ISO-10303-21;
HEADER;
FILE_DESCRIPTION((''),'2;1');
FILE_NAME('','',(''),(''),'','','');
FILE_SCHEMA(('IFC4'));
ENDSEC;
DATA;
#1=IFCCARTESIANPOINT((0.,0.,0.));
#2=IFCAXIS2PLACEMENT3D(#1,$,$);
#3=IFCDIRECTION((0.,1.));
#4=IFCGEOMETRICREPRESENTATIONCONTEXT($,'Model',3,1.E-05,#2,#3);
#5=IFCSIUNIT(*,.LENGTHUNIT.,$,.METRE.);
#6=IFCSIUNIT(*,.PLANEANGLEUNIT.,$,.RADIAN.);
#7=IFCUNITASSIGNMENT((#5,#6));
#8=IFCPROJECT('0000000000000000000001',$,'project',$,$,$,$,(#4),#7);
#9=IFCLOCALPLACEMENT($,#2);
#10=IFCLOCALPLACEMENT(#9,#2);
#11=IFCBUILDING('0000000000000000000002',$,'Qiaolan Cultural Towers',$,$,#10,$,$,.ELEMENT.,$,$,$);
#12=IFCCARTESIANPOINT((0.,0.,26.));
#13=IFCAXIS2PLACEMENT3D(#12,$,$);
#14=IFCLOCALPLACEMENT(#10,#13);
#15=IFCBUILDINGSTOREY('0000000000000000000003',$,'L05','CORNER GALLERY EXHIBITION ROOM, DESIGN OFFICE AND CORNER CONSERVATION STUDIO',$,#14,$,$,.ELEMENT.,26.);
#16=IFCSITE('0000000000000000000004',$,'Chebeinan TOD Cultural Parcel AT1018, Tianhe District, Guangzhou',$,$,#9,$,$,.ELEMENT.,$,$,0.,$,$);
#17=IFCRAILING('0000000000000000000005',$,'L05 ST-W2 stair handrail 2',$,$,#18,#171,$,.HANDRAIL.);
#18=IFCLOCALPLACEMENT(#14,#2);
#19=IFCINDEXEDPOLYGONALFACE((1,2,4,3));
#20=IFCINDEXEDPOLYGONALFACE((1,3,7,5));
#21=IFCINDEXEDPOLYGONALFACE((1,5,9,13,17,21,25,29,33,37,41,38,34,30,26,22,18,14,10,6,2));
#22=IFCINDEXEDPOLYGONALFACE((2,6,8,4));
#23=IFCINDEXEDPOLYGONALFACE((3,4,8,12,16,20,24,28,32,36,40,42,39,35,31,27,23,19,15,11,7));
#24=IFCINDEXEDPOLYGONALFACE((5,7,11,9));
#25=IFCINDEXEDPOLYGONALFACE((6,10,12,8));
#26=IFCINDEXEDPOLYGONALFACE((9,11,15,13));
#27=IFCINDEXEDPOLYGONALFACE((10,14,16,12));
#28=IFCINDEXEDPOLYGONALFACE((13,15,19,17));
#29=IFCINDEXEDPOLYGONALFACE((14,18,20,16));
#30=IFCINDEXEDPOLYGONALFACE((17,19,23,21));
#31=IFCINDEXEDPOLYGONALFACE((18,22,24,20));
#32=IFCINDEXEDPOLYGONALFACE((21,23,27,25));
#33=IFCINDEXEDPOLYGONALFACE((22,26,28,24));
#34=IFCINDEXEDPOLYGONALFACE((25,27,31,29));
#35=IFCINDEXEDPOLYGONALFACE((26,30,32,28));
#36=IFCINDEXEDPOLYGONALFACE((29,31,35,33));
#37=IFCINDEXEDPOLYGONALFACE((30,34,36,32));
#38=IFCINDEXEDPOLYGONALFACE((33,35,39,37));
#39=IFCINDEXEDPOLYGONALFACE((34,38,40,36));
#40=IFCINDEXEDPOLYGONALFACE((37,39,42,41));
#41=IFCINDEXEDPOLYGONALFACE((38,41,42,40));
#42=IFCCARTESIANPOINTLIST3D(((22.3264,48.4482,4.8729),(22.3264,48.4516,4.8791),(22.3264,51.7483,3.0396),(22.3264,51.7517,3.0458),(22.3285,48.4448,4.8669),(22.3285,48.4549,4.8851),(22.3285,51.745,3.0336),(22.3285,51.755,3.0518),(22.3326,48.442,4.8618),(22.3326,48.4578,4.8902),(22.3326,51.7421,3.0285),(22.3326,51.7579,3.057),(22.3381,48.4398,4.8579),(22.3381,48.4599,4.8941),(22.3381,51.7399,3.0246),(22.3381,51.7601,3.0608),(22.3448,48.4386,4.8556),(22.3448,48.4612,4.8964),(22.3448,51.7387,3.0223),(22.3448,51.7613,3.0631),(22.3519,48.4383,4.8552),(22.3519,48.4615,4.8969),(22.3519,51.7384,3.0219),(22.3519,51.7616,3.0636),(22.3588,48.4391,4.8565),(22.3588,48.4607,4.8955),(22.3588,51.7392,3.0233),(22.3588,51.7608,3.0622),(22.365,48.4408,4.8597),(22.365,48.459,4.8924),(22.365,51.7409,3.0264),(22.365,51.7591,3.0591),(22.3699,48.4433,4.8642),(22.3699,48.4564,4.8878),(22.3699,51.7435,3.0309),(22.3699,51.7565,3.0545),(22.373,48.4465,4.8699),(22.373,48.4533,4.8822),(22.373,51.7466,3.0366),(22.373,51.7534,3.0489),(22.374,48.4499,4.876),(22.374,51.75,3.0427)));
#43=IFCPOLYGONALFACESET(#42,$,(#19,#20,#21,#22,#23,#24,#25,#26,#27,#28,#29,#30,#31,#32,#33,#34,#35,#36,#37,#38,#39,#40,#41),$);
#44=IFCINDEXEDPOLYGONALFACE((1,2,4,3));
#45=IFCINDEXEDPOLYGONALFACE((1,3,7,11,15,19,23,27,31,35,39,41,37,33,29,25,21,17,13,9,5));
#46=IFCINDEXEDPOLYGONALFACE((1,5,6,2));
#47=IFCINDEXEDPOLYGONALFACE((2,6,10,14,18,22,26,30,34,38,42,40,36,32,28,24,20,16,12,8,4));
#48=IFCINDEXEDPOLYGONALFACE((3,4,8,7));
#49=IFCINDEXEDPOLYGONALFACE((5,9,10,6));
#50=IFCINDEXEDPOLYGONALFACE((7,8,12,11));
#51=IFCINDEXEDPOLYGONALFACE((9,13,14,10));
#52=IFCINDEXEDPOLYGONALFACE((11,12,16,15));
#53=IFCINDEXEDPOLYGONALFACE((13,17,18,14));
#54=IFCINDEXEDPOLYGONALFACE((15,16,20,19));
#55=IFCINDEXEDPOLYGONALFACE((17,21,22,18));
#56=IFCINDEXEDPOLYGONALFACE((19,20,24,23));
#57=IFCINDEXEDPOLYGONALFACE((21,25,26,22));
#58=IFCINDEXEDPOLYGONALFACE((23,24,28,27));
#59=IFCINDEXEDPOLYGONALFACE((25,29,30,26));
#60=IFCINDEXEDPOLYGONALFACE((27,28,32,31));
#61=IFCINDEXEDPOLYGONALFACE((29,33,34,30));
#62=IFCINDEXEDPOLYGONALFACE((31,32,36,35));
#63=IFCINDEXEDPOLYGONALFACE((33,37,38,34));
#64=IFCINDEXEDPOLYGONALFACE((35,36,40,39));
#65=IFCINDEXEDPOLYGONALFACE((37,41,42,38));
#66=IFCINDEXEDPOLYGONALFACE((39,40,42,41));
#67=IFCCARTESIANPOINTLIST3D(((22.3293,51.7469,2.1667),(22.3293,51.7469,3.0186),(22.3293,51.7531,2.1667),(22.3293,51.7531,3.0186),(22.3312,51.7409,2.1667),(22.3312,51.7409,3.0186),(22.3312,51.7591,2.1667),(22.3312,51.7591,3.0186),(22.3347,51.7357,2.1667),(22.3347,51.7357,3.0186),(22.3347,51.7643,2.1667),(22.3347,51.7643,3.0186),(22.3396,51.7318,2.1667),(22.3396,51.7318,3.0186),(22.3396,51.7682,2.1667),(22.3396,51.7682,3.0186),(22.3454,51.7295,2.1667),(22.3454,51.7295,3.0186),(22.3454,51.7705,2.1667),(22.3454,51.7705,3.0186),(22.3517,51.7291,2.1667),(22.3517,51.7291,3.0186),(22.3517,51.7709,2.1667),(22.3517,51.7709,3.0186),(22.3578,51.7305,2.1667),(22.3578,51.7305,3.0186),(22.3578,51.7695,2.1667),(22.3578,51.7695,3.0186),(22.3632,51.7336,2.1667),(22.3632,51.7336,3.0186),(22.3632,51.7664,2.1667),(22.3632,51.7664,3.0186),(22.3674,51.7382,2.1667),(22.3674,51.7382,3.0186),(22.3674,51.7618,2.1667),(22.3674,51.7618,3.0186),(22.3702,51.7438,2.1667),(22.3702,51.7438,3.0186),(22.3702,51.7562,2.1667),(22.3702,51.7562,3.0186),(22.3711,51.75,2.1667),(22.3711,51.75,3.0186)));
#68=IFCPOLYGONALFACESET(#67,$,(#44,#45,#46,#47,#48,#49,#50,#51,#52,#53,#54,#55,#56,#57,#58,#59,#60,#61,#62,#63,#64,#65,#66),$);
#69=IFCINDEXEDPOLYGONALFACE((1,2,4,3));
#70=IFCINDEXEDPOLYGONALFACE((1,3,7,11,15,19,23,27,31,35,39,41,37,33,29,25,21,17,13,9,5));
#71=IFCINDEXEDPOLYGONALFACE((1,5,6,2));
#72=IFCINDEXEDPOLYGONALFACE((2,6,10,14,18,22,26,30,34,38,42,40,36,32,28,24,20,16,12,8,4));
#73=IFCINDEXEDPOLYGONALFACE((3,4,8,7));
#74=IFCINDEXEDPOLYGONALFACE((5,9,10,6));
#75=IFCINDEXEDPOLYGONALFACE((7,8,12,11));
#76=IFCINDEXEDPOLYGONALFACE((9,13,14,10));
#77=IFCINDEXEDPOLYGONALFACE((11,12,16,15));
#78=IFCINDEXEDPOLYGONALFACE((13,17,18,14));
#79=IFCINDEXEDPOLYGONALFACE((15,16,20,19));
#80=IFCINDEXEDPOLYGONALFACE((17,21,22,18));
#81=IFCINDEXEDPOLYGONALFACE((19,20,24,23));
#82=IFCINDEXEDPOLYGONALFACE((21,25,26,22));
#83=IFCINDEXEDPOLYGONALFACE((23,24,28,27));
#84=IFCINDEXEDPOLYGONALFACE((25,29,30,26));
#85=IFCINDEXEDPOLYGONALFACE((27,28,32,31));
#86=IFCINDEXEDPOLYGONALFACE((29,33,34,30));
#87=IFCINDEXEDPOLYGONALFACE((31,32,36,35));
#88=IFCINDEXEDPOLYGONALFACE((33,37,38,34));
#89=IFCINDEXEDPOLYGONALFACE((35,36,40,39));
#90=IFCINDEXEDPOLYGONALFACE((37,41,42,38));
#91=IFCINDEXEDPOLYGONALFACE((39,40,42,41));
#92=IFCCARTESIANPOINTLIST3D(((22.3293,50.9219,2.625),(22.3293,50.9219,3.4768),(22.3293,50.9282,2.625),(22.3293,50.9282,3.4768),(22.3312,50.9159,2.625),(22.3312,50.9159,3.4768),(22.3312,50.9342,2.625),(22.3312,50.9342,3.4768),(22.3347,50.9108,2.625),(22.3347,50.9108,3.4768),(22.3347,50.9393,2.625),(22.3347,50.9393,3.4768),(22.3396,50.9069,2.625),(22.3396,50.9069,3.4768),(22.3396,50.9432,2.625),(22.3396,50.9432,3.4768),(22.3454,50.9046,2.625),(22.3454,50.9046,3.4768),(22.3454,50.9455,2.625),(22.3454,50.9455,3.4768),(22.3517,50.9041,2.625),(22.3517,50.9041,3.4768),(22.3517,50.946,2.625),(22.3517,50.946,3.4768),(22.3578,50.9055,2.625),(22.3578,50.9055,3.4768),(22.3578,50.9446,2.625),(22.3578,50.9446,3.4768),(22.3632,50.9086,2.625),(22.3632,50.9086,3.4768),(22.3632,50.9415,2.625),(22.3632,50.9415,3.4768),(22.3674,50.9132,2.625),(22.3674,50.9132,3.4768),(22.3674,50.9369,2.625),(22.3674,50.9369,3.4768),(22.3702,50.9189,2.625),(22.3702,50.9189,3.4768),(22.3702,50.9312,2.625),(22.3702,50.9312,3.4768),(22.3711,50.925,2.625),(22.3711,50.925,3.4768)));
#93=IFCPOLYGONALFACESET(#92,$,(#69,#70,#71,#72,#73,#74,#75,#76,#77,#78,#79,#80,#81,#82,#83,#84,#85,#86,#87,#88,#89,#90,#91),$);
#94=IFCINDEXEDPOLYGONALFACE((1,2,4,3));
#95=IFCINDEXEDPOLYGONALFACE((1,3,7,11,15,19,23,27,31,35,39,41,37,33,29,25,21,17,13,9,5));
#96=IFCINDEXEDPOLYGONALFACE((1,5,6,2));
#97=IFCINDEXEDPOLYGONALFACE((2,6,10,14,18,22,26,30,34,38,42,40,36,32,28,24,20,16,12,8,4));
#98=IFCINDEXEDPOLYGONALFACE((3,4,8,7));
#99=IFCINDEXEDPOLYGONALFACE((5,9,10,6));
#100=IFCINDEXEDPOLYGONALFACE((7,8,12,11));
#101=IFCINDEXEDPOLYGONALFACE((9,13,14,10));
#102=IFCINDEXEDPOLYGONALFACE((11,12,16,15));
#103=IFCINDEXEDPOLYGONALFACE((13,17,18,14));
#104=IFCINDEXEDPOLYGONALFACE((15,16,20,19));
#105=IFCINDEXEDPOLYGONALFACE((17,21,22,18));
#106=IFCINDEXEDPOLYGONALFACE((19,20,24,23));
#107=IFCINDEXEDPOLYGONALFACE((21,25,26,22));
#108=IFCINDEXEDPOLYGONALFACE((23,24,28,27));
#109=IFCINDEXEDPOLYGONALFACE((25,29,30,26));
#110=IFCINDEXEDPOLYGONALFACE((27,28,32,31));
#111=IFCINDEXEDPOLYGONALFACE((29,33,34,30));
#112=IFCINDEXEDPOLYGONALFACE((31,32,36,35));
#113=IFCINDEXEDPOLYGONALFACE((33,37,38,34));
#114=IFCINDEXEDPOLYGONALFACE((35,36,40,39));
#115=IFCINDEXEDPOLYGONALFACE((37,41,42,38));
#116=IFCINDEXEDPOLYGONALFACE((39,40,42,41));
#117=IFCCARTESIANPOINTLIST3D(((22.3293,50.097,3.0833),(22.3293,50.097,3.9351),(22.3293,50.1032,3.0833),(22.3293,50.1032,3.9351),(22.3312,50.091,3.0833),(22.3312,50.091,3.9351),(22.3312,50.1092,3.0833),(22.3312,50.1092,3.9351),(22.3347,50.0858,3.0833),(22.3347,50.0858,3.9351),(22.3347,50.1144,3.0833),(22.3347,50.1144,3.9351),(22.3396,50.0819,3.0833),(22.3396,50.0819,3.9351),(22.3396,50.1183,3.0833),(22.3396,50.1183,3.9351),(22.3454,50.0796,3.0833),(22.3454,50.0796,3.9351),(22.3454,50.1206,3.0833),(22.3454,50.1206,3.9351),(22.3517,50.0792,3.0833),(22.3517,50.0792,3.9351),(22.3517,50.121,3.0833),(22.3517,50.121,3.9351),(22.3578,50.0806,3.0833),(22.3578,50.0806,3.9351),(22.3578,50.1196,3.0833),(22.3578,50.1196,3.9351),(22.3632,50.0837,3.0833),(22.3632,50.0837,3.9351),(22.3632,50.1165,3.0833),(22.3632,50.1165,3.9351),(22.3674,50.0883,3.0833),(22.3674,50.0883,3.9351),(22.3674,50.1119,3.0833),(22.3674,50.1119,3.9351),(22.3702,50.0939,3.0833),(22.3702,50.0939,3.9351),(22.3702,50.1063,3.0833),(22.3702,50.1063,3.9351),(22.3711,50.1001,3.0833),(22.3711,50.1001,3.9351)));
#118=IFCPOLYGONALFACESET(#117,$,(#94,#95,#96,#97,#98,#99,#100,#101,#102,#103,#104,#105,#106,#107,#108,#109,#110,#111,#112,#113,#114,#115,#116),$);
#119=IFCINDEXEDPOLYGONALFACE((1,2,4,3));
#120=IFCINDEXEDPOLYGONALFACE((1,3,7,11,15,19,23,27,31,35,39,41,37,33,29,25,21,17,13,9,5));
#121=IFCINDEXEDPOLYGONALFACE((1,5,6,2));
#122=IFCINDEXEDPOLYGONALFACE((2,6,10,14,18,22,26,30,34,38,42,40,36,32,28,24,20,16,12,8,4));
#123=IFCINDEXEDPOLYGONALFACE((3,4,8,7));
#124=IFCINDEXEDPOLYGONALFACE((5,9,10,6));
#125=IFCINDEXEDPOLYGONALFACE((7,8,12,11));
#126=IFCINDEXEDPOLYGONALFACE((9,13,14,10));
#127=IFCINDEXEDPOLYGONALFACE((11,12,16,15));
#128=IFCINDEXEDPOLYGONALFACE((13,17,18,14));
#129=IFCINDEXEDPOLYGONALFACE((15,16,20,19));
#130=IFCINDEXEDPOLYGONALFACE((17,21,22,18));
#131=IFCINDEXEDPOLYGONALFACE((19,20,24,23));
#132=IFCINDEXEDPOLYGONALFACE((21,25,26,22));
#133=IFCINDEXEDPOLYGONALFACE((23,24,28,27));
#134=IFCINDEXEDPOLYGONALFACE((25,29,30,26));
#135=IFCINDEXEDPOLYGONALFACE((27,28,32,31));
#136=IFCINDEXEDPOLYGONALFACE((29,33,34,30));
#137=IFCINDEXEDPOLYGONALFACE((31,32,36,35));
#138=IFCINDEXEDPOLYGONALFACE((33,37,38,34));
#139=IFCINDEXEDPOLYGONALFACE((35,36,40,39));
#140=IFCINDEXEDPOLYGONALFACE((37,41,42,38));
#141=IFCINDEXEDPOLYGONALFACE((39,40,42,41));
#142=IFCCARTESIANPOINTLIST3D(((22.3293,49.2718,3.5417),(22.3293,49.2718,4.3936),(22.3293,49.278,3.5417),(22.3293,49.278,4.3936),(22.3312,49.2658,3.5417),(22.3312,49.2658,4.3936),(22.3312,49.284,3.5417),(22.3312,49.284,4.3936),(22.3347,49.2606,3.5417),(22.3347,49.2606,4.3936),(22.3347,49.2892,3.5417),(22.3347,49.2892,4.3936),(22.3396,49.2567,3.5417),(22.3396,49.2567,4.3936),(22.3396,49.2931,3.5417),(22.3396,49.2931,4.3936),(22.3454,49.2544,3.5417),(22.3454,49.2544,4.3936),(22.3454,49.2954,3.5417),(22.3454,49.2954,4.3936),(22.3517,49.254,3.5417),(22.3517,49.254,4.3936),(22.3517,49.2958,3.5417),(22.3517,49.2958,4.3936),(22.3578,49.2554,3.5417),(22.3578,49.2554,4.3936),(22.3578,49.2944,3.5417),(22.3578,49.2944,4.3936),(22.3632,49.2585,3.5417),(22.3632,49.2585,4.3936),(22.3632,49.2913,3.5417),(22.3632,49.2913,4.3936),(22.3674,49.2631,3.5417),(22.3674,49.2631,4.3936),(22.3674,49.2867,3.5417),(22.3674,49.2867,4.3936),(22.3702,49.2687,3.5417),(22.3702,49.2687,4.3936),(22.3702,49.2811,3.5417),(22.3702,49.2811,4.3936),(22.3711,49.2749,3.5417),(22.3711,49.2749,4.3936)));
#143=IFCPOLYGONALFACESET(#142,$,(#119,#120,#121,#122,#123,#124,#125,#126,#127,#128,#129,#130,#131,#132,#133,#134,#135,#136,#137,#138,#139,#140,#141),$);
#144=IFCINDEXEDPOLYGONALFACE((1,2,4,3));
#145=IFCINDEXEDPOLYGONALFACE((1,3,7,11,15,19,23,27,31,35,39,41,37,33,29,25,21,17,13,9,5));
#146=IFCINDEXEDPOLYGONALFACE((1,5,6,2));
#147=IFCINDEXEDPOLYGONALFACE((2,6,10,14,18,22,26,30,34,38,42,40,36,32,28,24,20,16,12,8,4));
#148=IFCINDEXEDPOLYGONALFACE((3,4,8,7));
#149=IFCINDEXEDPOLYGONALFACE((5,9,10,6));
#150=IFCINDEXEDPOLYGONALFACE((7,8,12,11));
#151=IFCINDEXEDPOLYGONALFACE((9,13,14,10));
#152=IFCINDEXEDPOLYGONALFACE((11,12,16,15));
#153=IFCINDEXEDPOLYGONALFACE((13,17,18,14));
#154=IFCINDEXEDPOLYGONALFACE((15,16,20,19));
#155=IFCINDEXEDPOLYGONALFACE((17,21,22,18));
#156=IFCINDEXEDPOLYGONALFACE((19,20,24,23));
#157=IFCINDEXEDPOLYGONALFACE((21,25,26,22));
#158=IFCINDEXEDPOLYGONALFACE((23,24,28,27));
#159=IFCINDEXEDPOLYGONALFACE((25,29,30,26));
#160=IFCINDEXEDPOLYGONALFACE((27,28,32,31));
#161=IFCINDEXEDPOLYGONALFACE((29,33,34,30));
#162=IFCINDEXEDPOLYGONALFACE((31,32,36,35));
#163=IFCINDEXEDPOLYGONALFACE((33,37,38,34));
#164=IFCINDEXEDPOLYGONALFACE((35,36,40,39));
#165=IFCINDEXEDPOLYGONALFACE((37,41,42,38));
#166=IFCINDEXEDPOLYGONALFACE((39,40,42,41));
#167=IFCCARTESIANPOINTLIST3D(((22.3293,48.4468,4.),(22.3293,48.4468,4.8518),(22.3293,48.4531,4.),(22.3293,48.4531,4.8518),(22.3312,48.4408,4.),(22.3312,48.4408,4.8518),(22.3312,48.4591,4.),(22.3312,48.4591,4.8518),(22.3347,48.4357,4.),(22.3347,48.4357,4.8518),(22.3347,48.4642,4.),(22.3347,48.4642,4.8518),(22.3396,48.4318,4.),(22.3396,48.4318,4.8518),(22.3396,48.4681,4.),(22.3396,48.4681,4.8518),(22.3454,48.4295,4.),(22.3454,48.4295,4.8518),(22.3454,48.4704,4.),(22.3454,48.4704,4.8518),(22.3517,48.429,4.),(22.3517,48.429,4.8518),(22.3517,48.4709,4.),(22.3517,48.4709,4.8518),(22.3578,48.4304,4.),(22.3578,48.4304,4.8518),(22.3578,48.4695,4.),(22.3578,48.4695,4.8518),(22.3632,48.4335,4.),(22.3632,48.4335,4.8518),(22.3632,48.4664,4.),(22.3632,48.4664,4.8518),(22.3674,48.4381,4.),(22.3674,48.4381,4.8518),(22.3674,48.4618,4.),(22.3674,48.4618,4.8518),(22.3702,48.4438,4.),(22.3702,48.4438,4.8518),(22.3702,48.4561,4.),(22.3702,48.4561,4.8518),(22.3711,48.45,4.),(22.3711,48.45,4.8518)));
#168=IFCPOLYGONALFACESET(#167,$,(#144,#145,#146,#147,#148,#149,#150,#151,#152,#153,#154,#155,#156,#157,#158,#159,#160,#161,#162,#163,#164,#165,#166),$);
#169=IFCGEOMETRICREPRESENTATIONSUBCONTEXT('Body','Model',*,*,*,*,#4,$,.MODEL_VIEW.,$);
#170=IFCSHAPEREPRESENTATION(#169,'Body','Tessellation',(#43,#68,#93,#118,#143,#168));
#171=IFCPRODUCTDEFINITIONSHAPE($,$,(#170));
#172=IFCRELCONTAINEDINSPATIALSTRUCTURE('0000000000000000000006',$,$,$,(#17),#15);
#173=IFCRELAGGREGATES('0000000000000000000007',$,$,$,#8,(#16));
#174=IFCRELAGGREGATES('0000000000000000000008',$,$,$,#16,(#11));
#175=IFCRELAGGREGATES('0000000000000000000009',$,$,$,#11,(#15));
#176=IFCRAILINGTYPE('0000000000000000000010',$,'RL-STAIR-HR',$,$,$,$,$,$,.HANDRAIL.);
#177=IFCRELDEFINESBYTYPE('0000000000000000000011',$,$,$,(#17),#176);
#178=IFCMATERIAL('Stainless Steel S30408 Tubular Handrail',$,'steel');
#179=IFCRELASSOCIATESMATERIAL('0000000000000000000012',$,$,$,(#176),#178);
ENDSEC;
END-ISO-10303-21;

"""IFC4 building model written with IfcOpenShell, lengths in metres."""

from ifc_helpers import new_model, si_unit, direction, frame, origin, origin_2d, place, context, subcontext, project, spatial, circle, extrude, material, type_object, element, save


model = new_model("IFC4")

# Units and contexts
model_context = context("Model", 3, precision=1e-05, world=origin(), true_north=direction((0.0, 1.0)))
body_context = subcontext(model_context, "Body", "Model", "MODEL_VIEW")
ifc_project = project(units=[si_unit("LENGTHUNIT", "METRE"), si_unit("PLANEANGLEUNIT", "RADIAN")], contexts=[model_context])

# Site, building, storey
site_placement = place(None, origin())
site = spatial("IfcSite", under=ifc_project, at=site_placement, Name="Chebeinan TOD Cultural Parcel AT1018, Tianhe District, Guangzhou", CompositionType="ELEMENT", RefElevation=0.0)
building_placement = place(site_placement, origin())
building = spatial("IfcBuilding", under=site, at=building_placement, Name="Qiaolan Cultural Towers", CompositionType="ELEMENT")
storey_placement = place(building_placement, frame((0.0, 0.0, 26.0)))
storey = spatial("IfcBuildingStorey", under=building, at=storey_placement, Name="L05", Description="CORNER GALLERY EXHIBITION ROOM, DESIGN OFFICE AND CORNER CONSERVATION STUDIO", CompositionType="ELEMENT", Elevation=26.0)

# Railing
ifc_material_1 = material(Name="Stainless Steel S30408 Tubular Handrail", Category="steel")
railing_type_1 = type_object("IfcRailingType", Name="RL-STAIR-HR", PredefinedType="HANDRAIL", material=ifc_material_1)
railing_1_placement = place(storey_placement, frame((22.3501, 51.75, 2.1667)))
element("IfcRailing", 1, at=railing_1_placement, inside=storey, type_object=railing_type_1, Name="L05 ST-W2 stair handrail 2", PredefinedType="HANDRAIL", context=body_context, shape_type="SweptSolid", body=[
    extrude(circle(Radius=0.0239, at=origin_2d()), frame((0.0, 0.0, 0.876), z_axis=(0.0, -0.874169, 0.485621), x_axis=(1.0, 0.0, 0.0)), (0.0, 0.0, 1.0), 3.7751),
    extrude(circle(Radius=0.021, at=origin_2d()), origin(), (0.0, 0.0, 1.0), 0.8518),
    extrude(circle(Radius=0.021, at=origin_2d()), frame((0.0, -0.825, 0.4583)), (0.0, 0.0, 1.0), 0.8518),
    extrude(circle(Radius=0.021, at=origin_2d()), frame((0.0, -1.6499, 0.9165)), (0.0, 0.0, 1.0), 0.8518),
    extrude(circle(Radius=0.021, at=origin_2d()), frame((0.0, -2.4751, 1.375)), (0.0, 0.0, 1.0), 0.8518),
    extrude(circle(Radius=0.021, at=origin_2d()), frame((0.0, -3.3, 1.8333)), (0.0, 0.0, 1.0), 0.8518),
])

save(model, "model.ifc")
